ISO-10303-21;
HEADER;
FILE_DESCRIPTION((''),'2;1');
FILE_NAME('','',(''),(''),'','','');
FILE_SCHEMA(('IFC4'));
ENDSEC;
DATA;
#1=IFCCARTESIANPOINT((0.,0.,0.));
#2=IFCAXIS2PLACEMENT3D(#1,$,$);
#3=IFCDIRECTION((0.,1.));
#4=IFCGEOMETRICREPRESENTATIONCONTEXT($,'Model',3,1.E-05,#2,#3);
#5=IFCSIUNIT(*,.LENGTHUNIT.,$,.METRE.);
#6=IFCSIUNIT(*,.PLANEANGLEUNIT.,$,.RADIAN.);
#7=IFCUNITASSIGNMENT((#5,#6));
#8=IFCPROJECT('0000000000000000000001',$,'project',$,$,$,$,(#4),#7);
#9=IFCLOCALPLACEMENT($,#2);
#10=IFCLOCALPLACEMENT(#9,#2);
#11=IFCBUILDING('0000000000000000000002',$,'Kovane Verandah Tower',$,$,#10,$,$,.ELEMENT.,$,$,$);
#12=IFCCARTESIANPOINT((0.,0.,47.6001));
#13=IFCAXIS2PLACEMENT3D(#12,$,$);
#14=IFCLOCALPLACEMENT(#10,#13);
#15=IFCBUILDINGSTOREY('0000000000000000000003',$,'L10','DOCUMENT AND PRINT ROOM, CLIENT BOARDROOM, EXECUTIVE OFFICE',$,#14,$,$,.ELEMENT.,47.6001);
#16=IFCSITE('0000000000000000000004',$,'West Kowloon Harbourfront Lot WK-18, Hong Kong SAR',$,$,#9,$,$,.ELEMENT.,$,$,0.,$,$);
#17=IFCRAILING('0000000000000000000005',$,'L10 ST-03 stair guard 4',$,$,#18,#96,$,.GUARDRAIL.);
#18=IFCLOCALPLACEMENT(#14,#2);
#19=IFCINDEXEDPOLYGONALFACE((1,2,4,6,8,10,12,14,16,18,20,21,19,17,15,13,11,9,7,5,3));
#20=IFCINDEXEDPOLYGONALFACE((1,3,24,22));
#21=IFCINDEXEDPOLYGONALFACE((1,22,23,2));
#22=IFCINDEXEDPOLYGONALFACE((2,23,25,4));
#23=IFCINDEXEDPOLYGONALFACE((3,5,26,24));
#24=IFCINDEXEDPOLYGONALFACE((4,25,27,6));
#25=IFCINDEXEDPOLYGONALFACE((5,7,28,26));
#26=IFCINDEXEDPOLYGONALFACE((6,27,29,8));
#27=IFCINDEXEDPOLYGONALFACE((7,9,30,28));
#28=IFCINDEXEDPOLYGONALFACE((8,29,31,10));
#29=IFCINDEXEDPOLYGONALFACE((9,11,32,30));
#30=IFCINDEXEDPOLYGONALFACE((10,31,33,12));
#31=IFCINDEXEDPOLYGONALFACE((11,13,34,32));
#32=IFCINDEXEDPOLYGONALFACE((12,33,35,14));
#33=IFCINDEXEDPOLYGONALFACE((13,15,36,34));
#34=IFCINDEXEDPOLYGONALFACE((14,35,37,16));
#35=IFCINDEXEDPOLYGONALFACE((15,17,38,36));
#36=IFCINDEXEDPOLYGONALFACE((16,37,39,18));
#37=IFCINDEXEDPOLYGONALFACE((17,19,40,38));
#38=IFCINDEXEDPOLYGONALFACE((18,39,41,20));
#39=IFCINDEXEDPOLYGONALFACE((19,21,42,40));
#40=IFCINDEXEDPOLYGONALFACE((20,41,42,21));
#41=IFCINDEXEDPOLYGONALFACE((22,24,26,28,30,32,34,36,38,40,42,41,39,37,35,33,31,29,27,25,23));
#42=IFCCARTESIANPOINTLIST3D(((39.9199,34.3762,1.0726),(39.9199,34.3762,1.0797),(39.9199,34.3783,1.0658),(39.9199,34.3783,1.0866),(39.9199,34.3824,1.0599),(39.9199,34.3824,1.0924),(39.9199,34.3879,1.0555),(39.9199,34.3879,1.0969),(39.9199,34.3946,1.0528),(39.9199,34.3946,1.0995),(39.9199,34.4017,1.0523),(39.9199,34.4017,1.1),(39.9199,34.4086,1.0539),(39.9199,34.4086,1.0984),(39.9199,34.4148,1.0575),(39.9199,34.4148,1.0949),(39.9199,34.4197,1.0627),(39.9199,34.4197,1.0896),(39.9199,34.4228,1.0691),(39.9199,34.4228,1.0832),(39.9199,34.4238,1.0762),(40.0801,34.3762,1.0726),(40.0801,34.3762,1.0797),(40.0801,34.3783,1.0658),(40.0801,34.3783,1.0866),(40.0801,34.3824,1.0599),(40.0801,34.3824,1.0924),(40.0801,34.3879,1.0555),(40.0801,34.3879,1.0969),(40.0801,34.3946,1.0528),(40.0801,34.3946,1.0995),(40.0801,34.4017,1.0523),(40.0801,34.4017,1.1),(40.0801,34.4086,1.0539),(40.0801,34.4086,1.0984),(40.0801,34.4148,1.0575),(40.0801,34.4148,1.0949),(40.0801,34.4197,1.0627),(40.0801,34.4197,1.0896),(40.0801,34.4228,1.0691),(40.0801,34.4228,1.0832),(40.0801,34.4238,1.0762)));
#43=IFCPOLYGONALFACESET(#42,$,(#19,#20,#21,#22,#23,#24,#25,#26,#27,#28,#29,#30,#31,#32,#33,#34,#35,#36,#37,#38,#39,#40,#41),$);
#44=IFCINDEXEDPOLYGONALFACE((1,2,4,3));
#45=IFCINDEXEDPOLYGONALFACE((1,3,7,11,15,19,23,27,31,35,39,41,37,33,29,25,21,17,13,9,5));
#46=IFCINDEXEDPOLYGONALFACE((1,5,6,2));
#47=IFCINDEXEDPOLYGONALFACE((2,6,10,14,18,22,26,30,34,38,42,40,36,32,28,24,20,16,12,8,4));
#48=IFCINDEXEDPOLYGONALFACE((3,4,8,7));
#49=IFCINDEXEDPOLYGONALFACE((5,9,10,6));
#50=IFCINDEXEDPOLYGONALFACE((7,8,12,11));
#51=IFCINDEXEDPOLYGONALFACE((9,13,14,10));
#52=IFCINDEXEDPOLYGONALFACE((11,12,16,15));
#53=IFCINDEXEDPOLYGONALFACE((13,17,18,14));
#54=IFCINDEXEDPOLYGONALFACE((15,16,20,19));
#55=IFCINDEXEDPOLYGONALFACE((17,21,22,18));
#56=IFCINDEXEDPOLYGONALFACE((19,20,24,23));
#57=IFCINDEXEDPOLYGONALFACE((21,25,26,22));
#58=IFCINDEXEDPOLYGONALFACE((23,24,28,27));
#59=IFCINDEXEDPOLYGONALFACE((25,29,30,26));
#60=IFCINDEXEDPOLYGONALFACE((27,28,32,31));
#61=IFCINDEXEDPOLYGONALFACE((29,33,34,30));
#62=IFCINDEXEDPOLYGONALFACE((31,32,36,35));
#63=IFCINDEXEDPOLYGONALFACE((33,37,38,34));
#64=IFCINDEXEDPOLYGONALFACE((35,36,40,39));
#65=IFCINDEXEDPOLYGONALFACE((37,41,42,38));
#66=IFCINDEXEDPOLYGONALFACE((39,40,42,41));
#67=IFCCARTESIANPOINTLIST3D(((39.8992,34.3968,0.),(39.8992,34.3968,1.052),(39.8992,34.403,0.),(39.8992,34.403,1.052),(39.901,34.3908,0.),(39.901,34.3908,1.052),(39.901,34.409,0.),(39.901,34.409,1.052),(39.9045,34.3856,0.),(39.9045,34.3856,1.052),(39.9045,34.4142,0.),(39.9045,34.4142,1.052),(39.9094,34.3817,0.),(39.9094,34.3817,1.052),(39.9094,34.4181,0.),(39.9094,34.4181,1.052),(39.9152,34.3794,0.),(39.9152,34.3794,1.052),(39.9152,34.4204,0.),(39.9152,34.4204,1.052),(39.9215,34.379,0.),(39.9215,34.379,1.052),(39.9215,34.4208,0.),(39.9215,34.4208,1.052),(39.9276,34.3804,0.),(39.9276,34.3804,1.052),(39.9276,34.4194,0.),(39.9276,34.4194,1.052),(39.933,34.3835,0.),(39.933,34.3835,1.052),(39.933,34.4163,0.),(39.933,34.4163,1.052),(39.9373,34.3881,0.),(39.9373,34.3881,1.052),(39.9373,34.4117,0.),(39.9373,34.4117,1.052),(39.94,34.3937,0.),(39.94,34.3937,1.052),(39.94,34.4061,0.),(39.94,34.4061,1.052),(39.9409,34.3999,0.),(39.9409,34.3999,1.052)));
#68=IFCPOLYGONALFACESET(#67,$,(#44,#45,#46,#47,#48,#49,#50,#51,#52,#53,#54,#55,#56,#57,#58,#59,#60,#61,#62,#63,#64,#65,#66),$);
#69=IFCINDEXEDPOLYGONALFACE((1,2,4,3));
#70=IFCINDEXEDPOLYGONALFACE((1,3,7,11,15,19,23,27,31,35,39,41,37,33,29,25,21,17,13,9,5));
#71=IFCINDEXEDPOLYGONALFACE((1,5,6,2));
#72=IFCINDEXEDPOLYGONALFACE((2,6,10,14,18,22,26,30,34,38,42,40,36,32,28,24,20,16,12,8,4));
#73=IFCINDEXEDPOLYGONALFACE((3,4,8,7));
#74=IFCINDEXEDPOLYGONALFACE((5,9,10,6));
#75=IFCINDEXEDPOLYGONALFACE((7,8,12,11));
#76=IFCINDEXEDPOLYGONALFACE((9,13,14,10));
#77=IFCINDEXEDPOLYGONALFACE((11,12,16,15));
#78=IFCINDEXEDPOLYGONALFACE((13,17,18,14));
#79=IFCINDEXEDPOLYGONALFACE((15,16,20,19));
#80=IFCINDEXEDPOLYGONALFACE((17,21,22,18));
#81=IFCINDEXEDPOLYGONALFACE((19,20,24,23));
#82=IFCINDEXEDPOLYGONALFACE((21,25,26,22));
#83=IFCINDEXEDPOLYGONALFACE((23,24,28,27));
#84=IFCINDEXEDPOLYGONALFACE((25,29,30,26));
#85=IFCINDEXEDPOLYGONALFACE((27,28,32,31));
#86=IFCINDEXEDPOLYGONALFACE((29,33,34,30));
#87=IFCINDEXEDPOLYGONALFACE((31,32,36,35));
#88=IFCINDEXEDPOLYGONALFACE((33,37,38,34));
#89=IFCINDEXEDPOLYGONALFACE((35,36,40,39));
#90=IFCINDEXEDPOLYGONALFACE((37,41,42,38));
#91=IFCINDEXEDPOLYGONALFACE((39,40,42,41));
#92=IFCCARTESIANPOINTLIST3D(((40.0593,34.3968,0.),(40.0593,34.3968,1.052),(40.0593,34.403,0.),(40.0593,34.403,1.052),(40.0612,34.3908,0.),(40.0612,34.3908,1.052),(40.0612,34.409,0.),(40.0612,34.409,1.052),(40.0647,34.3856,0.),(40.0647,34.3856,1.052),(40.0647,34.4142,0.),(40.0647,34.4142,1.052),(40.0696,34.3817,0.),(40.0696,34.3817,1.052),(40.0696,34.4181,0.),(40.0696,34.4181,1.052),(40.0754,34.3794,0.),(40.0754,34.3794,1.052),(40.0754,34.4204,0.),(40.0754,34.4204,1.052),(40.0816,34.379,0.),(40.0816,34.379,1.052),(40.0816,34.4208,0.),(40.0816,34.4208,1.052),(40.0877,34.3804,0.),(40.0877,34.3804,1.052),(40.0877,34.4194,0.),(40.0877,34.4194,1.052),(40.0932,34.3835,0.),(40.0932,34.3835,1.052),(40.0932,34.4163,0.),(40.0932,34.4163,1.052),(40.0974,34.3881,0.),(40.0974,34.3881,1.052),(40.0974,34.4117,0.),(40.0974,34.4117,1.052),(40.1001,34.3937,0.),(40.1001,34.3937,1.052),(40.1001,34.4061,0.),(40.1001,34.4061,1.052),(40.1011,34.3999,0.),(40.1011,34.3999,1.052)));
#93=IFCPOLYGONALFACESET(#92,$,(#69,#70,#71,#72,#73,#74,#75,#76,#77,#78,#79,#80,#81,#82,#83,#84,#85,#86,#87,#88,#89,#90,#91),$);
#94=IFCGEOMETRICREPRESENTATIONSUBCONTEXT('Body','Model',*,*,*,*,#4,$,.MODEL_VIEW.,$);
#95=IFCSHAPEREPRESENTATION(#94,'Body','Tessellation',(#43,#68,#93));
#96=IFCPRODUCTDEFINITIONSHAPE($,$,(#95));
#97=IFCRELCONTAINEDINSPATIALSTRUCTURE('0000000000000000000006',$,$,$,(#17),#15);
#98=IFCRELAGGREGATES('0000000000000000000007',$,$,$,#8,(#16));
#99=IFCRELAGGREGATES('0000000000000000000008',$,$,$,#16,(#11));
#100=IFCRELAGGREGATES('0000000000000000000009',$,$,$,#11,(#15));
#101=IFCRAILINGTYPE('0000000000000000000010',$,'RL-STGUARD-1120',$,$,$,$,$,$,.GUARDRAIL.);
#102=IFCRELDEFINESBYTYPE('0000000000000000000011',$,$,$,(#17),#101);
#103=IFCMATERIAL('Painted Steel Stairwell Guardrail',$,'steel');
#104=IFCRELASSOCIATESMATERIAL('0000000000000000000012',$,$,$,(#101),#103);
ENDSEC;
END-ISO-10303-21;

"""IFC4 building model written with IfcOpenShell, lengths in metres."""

from ifc_helpers import new_model, si_unit, direction, frame, origin, origin_2d, place, context, subcontext, project, spatial, circle, extrude, material, type_object, element, save


model = new_model("IFC4")

# Units and contexts
model_context = context("Model", 3, precision=1e-05, world=origin(), true_north=direction((0.0, 1.0)))
body_context = subcontext(model_context, "Body", "Model", "MODEL_VIEW")
ifc_project = project(units=[si_unit("LENGTHUNIT", "METRE"), si_unit("PLANEANGLEUNIT", "RADIAN")], contexts=[model_context])

# Site, building, storey
site_placement = place(None, origin())
site = spatial("IfcSite", under=ifc_project, at=site_placement, Name="West Kowloon Harbourfront Lot WK-18, Hong Kong SAR", CompositionType="ELEMENT", RefElevation=0.0)
building_placement = place(site_placement, origin())
building = spatial("IfcBuilding", under=site, at=building_placement, Name="Kovane Verandah Tower", CompositionType="ELEMENT")
storey_placement = place(building_placement, frame((0.0, 0.0, 47.6001)))
storey = spatial("IfcBuildingStorey", under=building, at=storey_placement, Name="L10", Description="DOCUMENT AND PRINT ROOM, CLIENT BOARDROOM, EXECUTIVE OFFICE", CompositionType="ELEMENT", Elevation=47.6001)

# Railing
ifc_material_1 = material(Name="Painted Steel Stairwell Guardrail", Category="steel")
railing_type_1 = type_object("IfcRailingType", Name="RL-STGUARD-1120", PredefinedType="GUARDRAIL", material=ifc_material_1)
railing_1_placement = place(storey_placement, frame((39.9199, 34.3999, 0.0)))
element("IfcRailing", 1, at=railing_1_placement, inside=storey, type_object=railing_type_1, Name="L10 ST-03 stair guard 4", PredefinedType="GUARDRAIL", context=body_context, shape_type="SweptSolid", body=[
    extrude(circle(Radius=0.0239, at=origin_2d()), frame((0.0, 0.0, 1.0762), z_axis=(1.0, 0.0, 0.0), x_axis=(0.0, 1.0, 0.0)), (0.0, 0.0, 1.0), 0.1602),
    extrude(circle(Radius=0.021, at=origin_2d()), origin(), (0.0, 0.0, 1.0), 1.052),
    extrude(circle(Radius=0.021, at=origin_2d()), frame((0.1602, 0.0, 0.0)), (0.0, 0.0, 1.0), 1.052),
])

save(model, "model.ifc")
